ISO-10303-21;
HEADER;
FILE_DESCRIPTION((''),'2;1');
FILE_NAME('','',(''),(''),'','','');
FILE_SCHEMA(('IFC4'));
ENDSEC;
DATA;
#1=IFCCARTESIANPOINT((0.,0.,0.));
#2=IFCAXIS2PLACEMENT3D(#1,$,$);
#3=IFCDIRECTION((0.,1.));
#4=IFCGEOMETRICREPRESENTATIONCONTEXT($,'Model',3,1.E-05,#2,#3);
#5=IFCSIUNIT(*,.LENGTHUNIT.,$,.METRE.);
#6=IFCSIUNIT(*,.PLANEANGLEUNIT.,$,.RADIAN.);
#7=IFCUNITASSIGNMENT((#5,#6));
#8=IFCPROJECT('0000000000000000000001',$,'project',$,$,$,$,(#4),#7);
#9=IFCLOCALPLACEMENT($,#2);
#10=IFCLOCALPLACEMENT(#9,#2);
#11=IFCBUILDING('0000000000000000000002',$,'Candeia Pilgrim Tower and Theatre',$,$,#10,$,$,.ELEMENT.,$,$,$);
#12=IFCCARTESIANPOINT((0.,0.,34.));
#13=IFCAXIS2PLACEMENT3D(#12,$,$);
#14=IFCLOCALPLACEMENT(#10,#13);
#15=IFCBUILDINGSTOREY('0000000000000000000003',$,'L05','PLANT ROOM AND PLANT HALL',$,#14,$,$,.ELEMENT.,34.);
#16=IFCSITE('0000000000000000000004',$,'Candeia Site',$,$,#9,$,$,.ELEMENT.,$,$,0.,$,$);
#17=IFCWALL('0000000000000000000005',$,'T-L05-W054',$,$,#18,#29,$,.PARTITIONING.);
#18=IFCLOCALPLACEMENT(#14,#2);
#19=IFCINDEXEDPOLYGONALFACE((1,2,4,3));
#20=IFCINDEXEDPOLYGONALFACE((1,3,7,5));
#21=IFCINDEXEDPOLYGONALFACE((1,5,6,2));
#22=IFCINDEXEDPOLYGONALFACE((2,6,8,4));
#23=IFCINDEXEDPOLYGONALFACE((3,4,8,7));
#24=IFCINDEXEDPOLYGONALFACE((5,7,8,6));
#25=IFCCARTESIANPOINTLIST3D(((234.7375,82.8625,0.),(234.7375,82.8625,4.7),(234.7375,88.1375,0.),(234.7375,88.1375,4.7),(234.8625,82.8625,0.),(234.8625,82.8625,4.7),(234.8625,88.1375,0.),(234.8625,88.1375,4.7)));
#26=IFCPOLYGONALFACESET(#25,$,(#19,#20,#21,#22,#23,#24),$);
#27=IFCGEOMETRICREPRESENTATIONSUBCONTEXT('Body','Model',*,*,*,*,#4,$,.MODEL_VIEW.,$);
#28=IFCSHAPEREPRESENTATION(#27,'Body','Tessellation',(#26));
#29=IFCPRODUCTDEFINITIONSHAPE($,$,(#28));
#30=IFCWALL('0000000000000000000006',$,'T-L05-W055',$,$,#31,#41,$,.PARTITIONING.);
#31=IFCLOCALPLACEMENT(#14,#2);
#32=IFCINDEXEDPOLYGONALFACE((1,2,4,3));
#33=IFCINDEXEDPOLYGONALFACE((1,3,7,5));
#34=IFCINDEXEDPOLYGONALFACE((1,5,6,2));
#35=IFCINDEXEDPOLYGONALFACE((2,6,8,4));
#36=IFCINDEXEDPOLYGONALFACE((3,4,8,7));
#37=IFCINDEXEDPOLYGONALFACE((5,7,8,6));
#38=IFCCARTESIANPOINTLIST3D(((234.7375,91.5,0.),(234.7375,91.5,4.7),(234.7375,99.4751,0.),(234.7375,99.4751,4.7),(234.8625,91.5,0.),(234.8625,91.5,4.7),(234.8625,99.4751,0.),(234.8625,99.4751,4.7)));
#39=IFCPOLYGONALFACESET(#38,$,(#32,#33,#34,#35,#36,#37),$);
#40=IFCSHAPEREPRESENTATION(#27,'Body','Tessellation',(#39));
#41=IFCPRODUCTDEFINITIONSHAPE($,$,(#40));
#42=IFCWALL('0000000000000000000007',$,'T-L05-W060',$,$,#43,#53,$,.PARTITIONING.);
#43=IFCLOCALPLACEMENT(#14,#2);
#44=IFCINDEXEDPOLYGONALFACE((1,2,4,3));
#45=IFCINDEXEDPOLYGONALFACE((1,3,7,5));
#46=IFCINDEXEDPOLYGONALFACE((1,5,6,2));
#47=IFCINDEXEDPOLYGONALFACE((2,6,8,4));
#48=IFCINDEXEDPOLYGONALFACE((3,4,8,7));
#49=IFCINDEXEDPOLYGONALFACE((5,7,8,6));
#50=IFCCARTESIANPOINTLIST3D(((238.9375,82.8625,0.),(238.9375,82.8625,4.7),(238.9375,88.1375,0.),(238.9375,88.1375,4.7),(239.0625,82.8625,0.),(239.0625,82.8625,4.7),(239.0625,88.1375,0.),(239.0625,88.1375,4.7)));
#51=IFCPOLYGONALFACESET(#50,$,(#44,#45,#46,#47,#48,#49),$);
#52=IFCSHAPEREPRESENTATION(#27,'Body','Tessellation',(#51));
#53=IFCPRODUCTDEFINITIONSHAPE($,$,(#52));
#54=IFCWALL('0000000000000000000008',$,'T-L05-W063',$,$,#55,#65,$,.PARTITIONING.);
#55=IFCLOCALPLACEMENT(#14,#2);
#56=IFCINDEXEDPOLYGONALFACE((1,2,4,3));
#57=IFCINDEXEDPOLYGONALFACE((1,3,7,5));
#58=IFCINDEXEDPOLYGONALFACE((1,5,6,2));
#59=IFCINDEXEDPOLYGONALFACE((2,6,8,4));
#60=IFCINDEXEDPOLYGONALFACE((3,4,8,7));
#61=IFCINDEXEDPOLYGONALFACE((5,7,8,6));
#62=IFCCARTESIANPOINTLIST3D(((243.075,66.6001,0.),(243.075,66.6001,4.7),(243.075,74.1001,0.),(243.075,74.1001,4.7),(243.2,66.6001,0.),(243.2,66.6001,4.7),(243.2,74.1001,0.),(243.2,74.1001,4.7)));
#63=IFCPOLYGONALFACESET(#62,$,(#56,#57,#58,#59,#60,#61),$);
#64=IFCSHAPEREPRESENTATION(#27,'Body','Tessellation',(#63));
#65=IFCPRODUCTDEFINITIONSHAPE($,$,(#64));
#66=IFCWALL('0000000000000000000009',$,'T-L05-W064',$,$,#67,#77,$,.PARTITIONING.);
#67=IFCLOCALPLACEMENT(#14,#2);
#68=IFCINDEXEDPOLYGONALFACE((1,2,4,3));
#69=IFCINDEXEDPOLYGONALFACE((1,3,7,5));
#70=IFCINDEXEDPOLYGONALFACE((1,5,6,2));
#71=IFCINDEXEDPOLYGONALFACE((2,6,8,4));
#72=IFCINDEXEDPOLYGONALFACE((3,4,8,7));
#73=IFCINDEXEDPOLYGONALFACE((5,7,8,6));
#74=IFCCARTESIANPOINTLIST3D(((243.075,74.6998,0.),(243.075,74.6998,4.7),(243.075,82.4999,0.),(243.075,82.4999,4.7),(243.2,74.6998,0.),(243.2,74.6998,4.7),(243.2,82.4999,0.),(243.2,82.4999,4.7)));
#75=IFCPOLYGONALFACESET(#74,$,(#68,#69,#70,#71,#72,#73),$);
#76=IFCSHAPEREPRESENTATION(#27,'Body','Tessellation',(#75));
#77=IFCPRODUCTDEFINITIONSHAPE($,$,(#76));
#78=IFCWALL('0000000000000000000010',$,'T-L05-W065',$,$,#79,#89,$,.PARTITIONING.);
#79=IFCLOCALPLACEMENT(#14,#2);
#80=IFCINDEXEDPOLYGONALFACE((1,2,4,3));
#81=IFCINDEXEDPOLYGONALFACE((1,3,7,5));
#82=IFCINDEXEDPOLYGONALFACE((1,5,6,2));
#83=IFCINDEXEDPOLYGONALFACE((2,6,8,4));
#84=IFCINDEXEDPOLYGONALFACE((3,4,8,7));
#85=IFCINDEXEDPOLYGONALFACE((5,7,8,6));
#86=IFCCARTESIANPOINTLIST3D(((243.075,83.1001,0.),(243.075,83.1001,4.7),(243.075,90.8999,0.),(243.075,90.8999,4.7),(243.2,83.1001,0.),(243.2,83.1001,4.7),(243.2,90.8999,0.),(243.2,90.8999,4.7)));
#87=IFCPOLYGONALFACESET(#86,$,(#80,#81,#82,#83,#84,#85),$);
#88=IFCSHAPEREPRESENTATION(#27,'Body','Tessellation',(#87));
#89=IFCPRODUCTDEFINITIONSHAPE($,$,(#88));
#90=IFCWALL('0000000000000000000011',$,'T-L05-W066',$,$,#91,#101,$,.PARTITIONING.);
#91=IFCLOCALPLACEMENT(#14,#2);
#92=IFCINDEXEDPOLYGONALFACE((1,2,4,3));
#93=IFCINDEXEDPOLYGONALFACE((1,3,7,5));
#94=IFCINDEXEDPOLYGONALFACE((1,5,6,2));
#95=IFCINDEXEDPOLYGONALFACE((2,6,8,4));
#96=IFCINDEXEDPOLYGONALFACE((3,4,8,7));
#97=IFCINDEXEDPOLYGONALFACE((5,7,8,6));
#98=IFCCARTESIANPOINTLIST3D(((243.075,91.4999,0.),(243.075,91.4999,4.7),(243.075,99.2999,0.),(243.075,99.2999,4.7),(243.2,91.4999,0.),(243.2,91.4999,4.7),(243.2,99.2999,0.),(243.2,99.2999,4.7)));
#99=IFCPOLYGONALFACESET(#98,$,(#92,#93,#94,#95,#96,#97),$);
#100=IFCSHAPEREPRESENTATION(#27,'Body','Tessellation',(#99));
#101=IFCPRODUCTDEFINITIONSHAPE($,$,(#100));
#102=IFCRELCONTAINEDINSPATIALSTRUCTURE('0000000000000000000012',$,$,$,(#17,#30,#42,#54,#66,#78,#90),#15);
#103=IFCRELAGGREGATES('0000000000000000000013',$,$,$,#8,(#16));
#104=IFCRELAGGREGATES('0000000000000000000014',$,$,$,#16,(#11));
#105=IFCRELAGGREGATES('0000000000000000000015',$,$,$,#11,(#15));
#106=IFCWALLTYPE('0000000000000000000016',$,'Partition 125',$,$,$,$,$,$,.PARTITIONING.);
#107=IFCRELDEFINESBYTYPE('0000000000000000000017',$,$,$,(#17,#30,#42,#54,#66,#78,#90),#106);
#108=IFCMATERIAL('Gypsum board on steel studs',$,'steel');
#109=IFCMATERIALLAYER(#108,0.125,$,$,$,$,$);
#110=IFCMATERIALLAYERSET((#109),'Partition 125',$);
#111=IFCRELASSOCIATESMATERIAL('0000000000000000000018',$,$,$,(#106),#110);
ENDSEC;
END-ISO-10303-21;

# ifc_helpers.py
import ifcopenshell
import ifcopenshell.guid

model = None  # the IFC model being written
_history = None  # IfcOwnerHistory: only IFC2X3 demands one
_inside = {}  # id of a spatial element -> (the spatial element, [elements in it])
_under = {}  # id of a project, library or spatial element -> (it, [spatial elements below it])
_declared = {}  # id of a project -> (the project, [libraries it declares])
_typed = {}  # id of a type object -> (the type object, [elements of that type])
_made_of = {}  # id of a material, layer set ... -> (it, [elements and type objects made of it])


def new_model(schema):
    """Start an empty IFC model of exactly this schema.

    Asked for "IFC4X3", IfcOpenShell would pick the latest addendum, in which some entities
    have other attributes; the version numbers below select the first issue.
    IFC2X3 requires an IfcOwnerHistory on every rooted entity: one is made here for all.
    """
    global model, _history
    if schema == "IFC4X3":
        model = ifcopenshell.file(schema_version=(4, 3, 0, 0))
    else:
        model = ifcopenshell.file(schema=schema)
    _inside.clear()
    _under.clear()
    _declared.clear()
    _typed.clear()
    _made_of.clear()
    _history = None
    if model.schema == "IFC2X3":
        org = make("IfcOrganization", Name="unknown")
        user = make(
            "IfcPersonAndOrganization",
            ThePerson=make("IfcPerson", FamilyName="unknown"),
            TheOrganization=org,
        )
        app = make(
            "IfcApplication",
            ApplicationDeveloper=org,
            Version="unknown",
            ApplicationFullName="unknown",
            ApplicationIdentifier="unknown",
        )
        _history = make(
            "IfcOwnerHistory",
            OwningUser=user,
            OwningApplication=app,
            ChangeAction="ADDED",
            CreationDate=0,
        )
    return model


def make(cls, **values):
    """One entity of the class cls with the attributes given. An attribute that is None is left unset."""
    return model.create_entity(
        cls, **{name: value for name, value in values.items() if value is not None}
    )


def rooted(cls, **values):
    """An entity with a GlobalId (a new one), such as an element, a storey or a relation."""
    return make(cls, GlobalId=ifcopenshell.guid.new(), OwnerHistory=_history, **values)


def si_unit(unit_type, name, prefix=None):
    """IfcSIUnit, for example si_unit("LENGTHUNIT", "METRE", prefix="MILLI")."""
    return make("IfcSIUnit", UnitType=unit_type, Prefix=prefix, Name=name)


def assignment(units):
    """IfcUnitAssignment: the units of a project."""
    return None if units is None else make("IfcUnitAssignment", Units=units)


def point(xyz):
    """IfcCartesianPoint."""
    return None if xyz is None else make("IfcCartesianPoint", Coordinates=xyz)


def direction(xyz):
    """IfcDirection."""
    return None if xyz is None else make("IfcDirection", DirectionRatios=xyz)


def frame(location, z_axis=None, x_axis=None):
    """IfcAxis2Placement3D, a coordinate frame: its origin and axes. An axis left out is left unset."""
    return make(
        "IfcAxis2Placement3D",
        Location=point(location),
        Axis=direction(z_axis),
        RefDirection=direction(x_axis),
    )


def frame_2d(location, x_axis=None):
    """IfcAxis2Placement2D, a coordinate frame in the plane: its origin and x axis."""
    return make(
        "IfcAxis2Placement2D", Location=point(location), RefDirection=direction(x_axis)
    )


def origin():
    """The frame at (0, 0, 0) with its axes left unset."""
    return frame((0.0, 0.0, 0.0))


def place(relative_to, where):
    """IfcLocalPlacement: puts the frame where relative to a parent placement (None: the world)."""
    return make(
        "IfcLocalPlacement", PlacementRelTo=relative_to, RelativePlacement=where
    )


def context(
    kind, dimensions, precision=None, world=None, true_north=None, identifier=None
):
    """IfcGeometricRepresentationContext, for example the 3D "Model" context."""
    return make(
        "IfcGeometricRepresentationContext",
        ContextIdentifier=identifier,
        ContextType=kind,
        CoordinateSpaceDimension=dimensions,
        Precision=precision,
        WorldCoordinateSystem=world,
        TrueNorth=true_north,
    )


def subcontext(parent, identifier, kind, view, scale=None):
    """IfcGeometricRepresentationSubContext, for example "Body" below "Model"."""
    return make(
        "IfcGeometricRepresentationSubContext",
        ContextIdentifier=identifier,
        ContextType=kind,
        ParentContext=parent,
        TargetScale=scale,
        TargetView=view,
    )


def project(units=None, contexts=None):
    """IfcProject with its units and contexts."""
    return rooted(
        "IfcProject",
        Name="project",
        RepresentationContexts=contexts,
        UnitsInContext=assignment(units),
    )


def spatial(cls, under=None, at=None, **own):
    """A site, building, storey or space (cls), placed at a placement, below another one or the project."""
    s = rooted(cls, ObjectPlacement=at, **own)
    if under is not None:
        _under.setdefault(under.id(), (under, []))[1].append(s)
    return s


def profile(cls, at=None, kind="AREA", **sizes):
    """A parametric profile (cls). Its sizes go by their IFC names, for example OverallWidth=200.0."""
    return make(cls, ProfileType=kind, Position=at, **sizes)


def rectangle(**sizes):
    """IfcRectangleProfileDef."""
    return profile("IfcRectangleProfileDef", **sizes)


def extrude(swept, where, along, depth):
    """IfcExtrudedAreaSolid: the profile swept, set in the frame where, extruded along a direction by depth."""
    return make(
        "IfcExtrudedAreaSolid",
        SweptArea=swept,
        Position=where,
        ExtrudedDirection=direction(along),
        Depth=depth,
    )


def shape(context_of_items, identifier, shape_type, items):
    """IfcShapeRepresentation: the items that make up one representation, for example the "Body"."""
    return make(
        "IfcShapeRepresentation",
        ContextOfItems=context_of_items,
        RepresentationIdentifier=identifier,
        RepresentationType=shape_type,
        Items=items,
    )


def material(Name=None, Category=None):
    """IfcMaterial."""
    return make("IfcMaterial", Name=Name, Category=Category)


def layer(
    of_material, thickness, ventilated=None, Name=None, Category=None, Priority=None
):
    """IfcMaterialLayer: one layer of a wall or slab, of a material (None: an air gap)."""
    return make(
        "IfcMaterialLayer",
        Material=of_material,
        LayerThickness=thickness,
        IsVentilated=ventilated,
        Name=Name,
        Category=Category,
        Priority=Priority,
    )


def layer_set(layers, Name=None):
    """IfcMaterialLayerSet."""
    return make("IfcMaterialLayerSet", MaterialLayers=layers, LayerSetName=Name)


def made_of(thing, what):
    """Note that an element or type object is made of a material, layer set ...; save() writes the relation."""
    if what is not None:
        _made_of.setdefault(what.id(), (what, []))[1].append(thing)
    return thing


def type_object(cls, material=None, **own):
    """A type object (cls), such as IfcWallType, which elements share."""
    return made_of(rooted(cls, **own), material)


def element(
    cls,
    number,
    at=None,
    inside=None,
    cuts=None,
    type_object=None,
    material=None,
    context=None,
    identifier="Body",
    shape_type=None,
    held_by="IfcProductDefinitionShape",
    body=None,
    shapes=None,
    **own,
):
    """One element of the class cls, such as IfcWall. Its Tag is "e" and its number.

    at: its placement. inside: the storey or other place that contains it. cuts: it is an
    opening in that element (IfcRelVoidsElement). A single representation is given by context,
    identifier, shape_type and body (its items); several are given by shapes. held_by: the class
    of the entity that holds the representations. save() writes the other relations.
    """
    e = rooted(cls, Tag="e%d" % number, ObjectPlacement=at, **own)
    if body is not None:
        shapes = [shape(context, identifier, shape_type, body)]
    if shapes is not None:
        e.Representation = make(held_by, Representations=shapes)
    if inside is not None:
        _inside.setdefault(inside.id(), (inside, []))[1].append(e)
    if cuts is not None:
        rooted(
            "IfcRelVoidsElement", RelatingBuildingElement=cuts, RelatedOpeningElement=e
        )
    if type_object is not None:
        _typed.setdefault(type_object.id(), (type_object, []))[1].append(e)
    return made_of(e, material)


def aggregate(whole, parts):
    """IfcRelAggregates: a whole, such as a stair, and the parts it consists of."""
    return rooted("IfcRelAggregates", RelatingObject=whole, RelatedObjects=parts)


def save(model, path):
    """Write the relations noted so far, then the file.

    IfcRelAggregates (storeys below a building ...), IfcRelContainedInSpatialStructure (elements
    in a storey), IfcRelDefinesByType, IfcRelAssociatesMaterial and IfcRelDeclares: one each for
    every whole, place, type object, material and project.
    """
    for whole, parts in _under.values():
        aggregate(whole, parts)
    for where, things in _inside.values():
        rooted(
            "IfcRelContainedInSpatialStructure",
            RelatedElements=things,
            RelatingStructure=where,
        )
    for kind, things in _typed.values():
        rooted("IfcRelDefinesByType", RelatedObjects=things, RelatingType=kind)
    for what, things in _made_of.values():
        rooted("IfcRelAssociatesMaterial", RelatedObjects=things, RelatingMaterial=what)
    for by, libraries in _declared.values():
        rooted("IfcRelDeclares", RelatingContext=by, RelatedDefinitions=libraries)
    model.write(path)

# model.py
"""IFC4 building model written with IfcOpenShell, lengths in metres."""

from ifc_helpers import new_model, si_unit, direction, frame, frame_2d, origin, place, context, subcontext, project, spatial, rectangle, extrude, material, layer, layer_set, type_object, element, save


model = new_model("IFC4")

# Units and contexts
model_context = context("Model", 3, precision=1e-05, world=origin(), true_north=direction((0.0, 1.0)))
body_context = subcontext(model_context, "Body", "Model", "MODEL_VIEW")
ifc_project = project(units=[si_unit("LENGTHUNIT", "METRE"), si_unit("PLANEANGLEUNIT", "RADIAN")], contexts=[model_context])

# Site, building, storey
site_placement = place(None, origin())
site = spatial("IfcSite", under=ifc_project, at=site_placement, Name="Candeia Site", CompositionType="ELEMENT", RefElevation=0.0)
building_placement = place(site_placement, origin())
building = spatial("IfcBuilding", under=site, at=building_placement, Name="Candeia Pilgrim Tower and Theatre", CompositionType="ELEMENT")
storey_placement = place(building_placement, frame((0.0, 0.0, 34.0)))
storey = spatial("IfcBuildingStorey", under=building, at=storey_placement, Name="L05", Description="PLANT ROOM AND PLANT HALL", CompositionType="ELEMENT", Elevation=34.0)

# Shared definitions
ifc_material_1 = material(Name="Gypsum board on steel studs", Category="steel")
ifc_layer = layer(ifc_material_1, 0.125)
ifc_layer_set = layer_set([ifc_layer], Name="Partition 125")
wall_type = type_object("IfcWallType", Name="Partition 125", PredefinedType="PARTITIONING", material=ifc_layer_set)

# Walls
for number, where, z_axis, x_axis, name in (
    (1, (234.8, 82.8625, 0.0), (0.0, 0.0, 1.0), (0.0, 1.0, 0.0), "T-L05-W054"),
):
    element("IfcWall", number, at=place(storey_placement, frame(where, z_axis=z_axis, x_axis=x_axis)), inside=storey, type_object=wall_type, Name=name, PredefinedType="PARTITIONING", context=body_context, shape_type="SweptSolid", body=[
        extrude(rectangle(XDim=5.2749, YDim=0.125, at=frame_2d((2.6375, 0.0))), origin(), (0.0, 0.0, 1.0), 4.7),
    ])
wall_1_placement = place(storey_placement, frame((234.8, 91.5, 0.0), z_axis=(0.0, 0.0, 1.0), x_axis=(0.0, 1.0, 0.0)))
element("IfcWall", 2, at=wall_1_placement, inside=storey, type_object=wall_type, Name="T-L05-W055", PredefinedType="PARTITIONING", context=body_context, shape_type="SweptSolid", body=[
    extrude(rectangle(XDim=7.9751, YDim=0.125, at=frame_2d((3.9875, 0.0))), origin(), (0.0, 0.0, 1.0), 4.7),
])
wall_2_placement = place(storey_placement, frame((239.0, 82.8625, 0.0), z_axis=(0.0, 0.0, 1.0), x_axis=(0.0, 1.0, 0.0)))
element("IfcWall", 3, at=wall_2_placement, inside=storey, type_object=wall_type, Name="T-L05-W060", PredefinedType="PARTITIONING", context=body_context, shape_type="SweptSolid", body=[
    extrude(rectangle(XDim=5.2749, YDim=0.125, at=frame_2d((2.6375, 0.0))), origin(), (0.0, 0.0, 1.0), 4.7),
])
wall_3_placement = place(storey_placement, frame((243.1375, 66.6001, 0.0), z_axis=(0.0, 0.0, 1.0), x_axis=(0.0, 1.0, 0.0)))
element("IfcWall", 4, at=wall_3_placement, inside=storey, type_object=wall_type, Name="T-L05-W063", PredefinedType="PARTITIONING", context=body_context, shape_type="SweptSolid", body=[
    extrude(rectangle(XDim=7.5, YDim=0.125, at=frame_2d((3.75, 0.0))), origin(), (0.0, 0.0, 1.0), 4.7),
])
wall_4_placement = place(storey_placement, frame((243.1375, 74.7, 0.0), z_axis=(0.0, 0.0, 1.0), x_axis=(0.0, 1.0, 0.0)))
element("IfcWall", 5, at=wall_4_placement, inside=storey, type_object=wall_type, Name="T-L05-W064", PredefinedType="PARTITIONING", context=body_context, shape_type="SweptSolid", body=[
    extrude(rectangle(XDim=7.8, YDim=0.125, at=frame_2d((3.8999, 0.0))), origin(), (0.0, 0.0, 1.0), 4.7),
])
wall_5_placement = place(storey_placement, frame((243.1375, 83.1001, 0.0), z_axis=(0.0, 0.0, 1.0), x_axis=(0.0, 1.0, 0.0)))
element("IfcWall", 6, at=wall_5_placement, inside=storey, type_object=wall_type, Name="T-L05-W065", PredefinedType="PARTITIONING", context=body_context, shape_type="SweptSolid", body=[
    extrude(rectangle(XDim=7.7998, YDim=0.125, at=frame_2d((3.8999, 0.0))), origin(), (0.0, 0.0, 1.0), 4.7),
])
wall_6_placement = place(storey_placement, frame((243.1375, 91.5, 0.0), z_axis=(0.0, 0.0, 1.0), x_axis=(0.0, 1.0, 0.0)))
element("IfcWall", 7, at=wall_6_placement, inside=storey, type_object=wall_type, Name="T-L05-W066", PredefinedType="PARTITIONING", context=body_context, shape_type="SweptSolid", body=[
    extrude(rectangle(XDim=7.8, YDim=0.125, at=frame_2d((3.8999, 0.0))), origin(), (0.0, 0.0, 1.0), 4.7),
])

save(model, "model.ifc")
